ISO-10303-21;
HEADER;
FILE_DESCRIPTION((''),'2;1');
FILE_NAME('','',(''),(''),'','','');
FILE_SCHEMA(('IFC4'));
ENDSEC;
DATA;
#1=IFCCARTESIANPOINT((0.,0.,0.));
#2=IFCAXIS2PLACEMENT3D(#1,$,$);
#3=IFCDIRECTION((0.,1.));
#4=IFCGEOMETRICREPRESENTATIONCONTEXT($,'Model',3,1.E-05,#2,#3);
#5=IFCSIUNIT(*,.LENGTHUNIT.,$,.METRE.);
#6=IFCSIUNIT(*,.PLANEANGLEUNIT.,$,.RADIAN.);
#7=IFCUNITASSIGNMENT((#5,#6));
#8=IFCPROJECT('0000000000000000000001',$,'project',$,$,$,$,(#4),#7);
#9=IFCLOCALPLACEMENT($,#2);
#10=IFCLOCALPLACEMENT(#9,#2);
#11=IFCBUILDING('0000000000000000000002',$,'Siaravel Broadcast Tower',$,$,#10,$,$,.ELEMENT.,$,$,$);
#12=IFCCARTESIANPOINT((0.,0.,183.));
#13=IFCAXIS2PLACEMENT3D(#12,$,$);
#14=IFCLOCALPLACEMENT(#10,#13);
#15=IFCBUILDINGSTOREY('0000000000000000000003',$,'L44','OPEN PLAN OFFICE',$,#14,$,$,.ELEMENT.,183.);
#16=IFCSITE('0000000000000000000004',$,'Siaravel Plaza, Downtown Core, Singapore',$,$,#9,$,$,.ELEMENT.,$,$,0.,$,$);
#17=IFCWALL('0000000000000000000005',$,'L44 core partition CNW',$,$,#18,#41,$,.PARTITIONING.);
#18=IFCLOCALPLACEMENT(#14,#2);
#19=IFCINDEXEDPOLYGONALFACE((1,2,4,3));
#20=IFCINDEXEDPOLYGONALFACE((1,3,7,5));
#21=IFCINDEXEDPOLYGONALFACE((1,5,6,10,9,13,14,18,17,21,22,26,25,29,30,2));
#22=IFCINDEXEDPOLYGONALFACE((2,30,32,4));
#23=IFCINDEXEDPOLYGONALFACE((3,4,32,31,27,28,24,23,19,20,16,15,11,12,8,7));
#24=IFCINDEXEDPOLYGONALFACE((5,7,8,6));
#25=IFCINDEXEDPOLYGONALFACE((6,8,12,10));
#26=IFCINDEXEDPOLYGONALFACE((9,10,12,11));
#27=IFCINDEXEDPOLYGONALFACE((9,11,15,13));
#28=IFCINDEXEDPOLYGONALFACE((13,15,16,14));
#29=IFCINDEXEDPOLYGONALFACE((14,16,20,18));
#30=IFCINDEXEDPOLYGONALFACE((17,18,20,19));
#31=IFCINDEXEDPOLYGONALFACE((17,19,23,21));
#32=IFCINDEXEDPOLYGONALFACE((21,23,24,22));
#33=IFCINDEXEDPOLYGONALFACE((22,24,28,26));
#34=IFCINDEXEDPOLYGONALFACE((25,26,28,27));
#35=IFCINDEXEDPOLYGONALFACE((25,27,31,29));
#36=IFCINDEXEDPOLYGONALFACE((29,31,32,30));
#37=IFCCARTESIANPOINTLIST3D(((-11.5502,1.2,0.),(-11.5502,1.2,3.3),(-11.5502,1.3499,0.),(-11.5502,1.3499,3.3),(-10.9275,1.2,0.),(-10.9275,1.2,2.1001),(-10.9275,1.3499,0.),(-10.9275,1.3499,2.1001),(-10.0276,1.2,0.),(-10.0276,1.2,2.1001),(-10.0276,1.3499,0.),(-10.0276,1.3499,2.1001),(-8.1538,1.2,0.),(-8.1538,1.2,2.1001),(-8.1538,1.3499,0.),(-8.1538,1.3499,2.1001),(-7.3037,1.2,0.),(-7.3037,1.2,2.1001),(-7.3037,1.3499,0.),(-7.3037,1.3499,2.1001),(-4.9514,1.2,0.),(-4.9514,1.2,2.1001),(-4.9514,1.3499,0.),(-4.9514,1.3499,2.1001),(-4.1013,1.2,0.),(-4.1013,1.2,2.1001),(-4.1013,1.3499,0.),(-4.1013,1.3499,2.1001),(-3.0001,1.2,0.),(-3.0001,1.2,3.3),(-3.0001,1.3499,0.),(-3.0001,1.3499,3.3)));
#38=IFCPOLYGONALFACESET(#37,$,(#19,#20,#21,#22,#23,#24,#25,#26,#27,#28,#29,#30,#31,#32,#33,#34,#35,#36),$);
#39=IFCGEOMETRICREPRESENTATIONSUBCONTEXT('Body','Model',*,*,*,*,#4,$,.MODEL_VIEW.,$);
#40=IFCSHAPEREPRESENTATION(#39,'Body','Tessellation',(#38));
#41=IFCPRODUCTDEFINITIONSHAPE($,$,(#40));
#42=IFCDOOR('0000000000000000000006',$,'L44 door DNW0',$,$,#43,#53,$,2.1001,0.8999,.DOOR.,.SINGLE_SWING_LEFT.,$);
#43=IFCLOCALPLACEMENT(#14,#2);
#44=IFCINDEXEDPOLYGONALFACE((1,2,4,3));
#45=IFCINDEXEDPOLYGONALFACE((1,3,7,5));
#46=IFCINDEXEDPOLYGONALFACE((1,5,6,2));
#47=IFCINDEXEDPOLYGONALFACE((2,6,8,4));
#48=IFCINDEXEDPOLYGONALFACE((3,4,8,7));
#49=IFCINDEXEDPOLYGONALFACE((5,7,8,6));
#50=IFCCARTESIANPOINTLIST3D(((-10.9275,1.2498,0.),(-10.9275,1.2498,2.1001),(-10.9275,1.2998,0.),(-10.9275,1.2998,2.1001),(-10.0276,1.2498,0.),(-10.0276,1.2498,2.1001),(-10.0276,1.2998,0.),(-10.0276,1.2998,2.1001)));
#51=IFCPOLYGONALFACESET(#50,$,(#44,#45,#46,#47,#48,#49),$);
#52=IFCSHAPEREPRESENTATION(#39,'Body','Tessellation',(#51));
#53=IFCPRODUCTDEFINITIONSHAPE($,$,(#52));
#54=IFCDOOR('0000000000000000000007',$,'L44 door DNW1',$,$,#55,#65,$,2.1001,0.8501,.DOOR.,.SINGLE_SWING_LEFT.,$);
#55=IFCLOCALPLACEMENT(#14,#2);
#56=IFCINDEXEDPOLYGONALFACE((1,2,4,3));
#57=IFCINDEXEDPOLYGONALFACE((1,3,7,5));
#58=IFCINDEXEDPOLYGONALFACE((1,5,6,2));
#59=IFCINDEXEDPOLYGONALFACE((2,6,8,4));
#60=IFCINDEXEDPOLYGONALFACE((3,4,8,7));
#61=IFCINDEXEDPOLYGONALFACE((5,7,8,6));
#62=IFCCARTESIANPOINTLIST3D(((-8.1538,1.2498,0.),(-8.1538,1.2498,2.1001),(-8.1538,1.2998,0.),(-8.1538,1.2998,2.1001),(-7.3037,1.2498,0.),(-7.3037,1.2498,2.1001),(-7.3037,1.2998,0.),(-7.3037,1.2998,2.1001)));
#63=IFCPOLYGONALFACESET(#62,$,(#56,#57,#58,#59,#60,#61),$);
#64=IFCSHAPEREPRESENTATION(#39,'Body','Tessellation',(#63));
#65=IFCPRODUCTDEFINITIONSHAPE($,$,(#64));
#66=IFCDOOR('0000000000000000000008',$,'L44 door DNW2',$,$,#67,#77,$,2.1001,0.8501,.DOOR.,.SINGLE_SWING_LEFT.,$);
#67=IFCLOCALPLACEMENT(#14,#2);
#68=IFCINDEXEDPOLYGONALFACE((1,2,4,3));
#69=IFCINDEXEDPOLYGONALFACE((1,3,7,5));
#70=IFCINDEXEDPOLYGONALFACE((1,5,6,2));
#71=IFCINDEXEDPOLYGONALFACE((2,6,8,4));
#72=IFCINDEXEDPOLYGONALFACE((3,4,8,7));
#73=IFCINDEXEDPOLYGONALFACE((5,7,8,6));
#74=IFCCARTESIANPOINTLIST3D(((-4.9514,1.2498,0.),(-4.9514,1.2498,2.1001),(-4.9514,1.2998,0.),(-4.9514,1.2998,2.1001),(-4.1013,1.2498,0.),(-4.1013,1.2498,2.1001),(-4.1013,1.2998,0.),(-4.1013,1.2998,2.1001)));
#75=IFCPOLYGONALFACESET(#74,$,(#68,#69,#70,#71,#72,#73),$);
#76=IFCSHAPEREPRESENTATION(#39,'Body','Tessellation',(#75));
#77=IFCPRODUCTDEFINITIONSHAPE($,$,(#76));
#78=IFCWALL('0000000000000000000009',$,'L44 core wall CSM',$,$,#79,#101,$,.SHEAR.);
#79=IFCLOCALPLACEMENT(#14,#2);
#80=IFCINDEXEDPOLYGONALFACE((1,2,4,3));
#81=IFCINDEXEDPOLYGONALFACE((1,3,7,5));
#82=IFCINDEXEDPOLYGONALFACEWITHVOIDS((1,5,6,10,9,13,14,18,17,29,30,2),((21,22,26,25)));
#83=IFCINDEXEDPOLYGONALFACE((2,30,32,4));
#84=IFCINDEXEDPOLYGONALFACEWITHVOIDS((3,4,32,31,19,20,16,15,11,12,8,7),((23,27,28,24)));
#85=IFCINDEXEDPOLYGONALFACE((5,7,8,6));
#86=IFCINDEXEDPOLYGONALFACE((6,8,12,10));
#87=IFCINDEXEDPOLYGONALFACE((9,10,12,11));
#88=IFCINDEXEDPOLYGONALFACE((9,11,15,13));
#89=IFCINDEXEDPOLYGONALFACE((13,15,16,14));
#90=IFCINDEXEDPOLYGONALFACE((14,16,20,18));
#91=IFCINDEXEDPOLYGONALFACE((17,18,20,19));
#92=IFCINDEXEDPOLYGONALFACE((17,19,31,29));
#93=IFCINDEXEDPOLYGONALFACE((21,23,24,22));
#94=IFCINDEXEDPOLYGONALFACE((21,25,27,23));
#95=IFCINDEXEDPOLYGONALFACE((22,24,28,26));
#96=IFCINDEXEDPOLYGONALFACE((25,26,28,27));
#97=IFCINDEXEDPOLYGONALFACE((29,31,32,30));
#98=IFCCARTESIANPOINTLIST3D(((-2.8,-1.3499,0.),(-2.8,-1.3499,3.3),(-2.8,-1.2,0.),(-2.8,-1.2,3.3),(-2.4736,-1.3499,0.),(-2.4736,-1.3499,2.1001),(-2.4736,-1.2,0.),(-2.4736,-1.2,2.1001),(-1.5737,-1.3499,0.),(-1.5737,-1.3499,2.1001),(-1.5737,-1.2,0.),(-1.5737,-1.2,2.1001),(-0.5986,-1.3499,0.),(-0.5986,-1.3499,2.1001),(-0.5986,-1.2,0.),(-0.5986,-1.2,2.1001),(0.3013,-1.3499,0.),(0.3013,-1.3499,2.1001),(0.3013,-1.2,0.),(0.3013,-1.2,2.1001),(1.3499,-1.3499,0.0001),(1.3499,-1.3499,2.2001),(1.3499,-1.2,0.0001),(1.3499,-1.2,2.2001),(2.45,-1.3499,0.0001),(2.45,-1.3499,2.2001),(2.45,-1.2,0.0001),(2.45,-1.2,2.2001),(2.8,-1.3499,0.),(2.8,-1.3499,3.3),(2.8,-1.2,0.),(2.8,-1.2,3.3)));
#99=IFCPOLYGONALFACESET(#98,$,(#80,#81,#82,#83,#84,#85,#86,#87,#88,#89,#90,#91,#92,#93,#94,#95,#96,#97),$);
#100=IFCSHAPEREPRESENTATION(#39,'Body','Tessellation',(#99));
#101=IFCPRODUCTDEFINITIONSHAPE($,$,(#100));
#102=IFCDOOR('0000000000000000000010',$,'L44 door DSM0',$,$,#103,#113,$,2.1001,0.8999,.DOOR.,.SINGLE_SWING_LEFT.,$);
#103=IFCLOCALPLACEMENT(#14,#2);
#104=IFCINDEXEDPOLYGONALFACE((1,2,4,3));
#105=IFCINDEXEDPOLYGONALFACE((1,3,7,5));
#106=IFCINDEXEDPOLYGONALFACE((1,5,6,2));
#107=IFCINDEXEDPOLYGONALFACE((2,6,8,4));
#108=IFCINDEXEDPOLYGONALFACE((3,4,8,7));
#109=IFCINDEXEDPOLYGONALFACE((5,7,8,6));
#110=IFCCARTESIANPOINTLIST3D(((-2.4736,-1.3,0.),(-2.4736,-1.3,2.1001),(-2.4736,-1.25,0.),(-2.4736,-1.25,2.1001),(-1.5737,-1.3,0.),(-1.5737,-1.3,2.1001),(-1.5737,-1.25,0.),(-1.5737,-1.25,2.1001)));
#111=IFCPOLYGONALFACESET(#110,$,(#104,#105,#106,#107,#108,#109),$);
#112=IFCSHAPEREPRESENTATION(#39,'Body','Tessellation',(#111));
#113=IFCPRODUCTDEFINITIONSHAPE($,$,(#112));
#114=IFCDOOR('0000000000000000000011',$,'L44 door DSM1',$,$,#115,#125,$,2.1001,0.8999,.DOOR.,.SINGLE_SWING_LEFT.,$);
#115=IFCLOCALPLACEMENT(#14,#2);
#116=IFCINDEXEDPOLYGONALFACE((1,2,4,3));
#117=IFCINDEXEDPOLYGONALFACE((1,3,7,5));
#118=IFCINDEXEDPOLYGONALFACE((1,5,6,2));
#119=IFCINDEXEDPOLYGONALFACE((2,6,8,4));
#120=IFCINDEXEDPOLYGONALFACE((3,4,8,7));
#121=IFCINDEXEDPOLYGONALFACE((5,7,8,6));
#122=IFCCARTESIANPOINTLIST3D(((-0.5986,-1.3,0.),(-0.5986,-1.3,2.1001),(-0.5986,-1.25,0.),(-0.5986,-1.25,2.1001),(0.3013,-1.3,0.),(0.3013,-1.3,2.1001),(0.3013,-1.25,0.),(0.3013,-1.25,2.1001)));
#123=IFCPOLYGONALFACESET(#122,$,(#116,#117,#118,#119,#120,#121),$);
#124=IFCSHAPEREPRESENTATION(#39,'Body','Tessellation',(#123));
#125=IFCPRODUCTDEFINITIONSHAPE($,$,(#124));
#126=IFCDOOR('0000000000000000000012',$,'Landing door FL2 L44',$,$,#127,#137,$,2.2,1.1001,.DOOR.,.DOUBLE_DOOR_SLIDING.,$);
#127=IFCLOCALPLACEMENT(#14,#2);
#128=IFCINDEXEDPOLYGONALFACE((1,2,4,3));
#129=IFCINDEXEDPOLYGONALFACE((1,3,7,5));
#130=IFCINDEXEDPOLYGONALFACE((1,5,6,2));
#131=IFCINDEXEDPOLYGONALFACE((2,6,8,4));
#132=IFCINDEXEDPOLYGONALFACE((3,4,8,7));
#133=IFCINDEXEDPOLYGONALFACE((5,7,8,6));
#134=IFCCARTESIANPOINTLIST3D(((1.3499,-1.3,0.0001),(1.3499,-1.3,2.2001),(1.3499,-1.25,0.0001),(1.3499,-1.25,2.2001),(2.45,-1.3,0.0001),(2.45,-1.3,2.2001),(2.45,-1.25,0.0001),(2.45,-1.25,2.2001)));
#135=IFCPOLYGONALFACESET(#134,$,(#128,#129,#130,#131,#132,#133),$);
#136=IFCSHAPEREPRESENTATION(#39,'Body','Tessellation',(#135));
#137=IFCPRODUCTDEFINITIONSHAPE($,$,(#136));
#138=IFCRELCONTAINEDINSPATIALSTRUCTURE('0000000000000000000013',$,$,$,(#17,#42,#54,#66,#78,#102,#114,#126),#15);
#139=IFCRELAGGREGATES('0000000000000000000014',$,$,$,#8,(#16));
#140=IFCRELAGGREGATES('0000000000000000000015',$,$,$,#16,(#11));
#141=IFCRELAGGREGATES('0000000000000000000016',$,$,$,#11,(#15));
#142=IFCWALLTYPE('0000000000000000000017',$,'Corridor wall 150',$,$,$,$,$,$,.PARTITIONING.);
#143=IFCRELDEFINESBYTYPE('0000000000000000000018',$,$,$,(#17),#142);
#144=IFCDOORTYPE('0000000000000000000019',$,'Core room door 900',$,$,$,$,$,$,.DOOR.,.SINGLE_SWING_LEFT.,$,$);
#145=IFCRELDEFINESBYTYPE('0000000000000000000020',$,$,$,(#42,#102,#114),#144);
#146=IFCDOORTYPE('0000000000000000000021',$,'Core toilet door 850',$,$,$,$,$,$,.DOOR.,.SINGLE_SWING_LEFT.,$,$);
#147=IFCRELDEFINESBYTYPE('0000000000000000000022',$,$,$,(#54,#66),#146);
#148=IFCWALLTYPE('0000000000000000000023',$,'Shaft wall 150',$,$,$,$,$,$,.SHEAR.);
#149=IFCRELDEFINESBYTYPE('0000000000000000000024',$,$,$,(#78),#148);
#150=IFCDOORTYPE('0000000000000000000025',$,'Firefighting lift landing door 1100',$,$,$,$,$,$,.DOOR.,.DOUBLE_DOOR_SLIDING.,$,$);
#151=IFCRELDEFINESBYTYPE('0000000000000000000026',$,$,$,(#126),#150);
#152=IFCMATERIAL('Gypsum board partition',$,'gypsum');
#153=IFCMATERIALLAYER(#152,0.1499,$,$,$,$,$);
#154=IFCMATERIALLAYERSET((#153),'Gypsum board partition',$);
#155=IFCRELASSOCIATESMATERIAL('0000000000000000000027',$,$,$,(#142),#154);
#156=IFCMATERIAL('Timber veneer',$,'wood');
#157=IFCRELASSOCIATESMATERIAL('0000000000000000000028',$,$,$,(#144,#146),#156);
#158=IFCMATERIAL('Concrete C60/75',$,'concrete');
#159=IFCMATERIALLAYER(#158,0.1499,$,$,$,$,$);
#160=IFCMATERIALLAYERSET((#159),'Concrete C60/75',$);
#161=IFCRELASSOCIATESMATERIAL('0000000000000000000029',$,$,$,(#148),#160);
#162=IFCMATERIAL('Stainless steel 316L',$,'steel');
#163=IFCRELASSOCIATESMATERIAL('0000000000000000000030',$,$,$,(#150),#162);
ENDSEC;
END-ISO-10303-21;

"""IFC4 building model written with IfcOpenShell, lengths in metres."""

from ifc_helpers import new_model, si_unit, direction, frame, frame_2d, origin, place, context, subcontext, project, spatial, rectangle, extrude, material, layer, layer_set, type_object, element, fill, save


model = new_model("IFC4")

# Units and contexts
model_context = context("Model", 3, precision=1e-05, world=origin(), true_north=direction((0.0, 1.0)))
body_context = subcontext(model_context, "Body", "Model", "MODEL_VIEW")
ifc_project = project(units=[si_unit("LENGTHUNIT", "METRE"), si_unit("PLANEANGLEUNIT", "RADIAN")], contexts=[model_context])

# Site, building, storey
site_placement = place(None, origin())
site = spatial("IfcSite", under=ifc_project, at=site_placement, Name="Siaravel Plaza, Downtown Core, Singapore", CompositionType="ELEMENT", RefElevation=0.0)
building_placement = place(site_placement, origin())
building = spatial("IfcBuilding", under=site, at=building_placement, Name="Siaravel Broadcast Tower", CompositionType="ELEMENT")
storey_placement = place(building_placement, frame((0.0, 0.0, 183.0)))
storey = spatial("IfcBuildingStorey", under=building, at=storey_placement, Name="L44", Description="OPEN PLAN OFFICE", CompositionType="ELEMENT", Elevation=183.0)

# Walls, openings, doors
ifc_material_1 = material(Name="Gypsum board partition", Category="gypsum")
ifc_layer_1 = layer(ifc_material_1, 0.1499)
ifc_layer_set_1 = layer_set([ifc_layer_1], Name="Gypsum board partition")
wall_type_1 = type_object("IfcWallType", Name="Corridor wall 150", PredefinedType="PARTITIONING", material=ifc_layer_set_1)
wall_1_placement = place(storey_placement, frame((-11.55, 1.2749, 0.0), z_axis=(0.0, 0.0, 1.0), x_axis=(1.0, 0.0, 0.0)))
wall_1 = element("IfcWall", 1, at=wall_1_placement, inside=storey, type_object=wall_type_1, Name="L44 core partition CNW", PredefinedType="PARTITIONING", context=body_context, shape_type="SweptSolid", body=[
    extrude(rectangle(XDim=8.55, YDim=0.1499, at=frame_2d((4.2749, 0.0))), origin(), (0.0, 0.0, 1.0), 3.3),
])
opening_1_placement = place(wall_1_placement, frame((0.6226, 0.0, 0.0)))
opening_1 = element("IfcOpeningElement", 2, at=opening_1_placement, cuts=wall_1, PredefinedType="OPENING", context=body_context, shape_type="SweptSolid", body=[
    extrude(rectangle(XDim=0.8999, YDim=2.1001, at=frame_2d((0.45, 1.05))), frame((0.0, 0.085, 0.0), z_axis=(0.0, -1.0, 0.0), x_axis=(1.0, 0.0, 0.0)), (0.0, 0.0, 1.0), 0.1699),
])
opening_2_placement = place(wall_1_placement, frame((3.3962, 0.0, 0.0)))
opening_2 = element("IfcOpeningElement", 3, at=opening_2_placement, cuts=wall_1, PredefinedType="OPENING", context=body_context, shape_type="SweptSolid", body=[
    extrude(rectangle(XDim=0.8501, YDim=2.1001, at=frame_2d((0.425, 1.05))), frame((0.0, 0.085, 0.0), z_axis=(0.0, -1.0, 0.0), x_axis=(1.0, 0.0, 0.0)), (0.0, 0.0, 1.0), 0.1699),
])
opening_3_placement = place(wall_1_placement, frame((6.5986, 0.0, 0.0)))
opening_3 = element("IfcOpeningElement", 4, at=opening_3_placement, cuts=wall_1, PredefinedType="OPENING", context=body_context, shape_type="SweptSolid", body=[
    extrude(rectangle(XDim=0.8501, YDim=2.1001, at=frame_2d((0.425, 1.05))), frame((0.0, 0.085, 0.0), z_axis=(0.0, -1.0, 0.0), x_axis=(1.0, 0.0, 0.0)), (0.0, 0.0, 1.0), 0.1699),
])
ifc_material_2 = material(Name="Timber veneer", Category="wood")
door_type_1 = type_object("IfcDoorType", Name="Core room door 900", OperationType="SINGLE_SWING_LEFT", PredefinedType="DOOR", material=ifc_material_2)
door_1_placement = place(opening_1_placement, origin())
door_1 = element("IfcDoor", 5, at=door_1_placement, inside=storey, type_object=door_type_1, Name="L44 door DNW0", OperationType="SINGLE_SWING_LEFT", OverallHeight=2.1001, OverallWidth=0.8999, PredefinedType="DOOR", context=body_context, shape_type="SweptSolid", body=[
    extrude(rectangle(XDim=0.8999, YDim=2.1001, at=frame_2d((0.45, 1.05))), frame((0.0, 0.0249, 0.0), z_axis=(0.0, -1.0, 0.0), x_axis=(1.0, 0.0, 0.0)), (0.0, 0.0, 1.0), 0.05),
])
fill(opening_1, door_1)
door_type_2 = type_object("IfcDoorType", Name="Core toilet door 850", OperationType="SINGLE_SWING_LEFT", PredefinedType="DOOR", material=ifc_material_2)
door_2_placement = place(opening_2_placement, origin())
door_2 = element("IfcDoor", 6, at=door_2_placement, inside=storey, type_object=door_type_2, Name="L44 door DNW1", OperationType="SINGLE_SWING_LEFT", OverallHeight=2.1001, OverallWidth=0.8501, PredefinedType="DOOR", context=body_context, shape_type="SweptSolid", body=[
    extrude(rectangle(XDim=0.8501, YDim=2.1001, at=frame_2d((0.425, 1.05))), frame((0.0, 0.0249, 0.0), z_axis=(0.0, -1.0, 0.0), x_axis=(1.0, 0.0, 0.0)), (0.0, 0.0, 1.0), 0.05),
])
fill(opening_2, door_2)
door_3_placement = place(opening_3_placement, origin())
door_3 = element("IfcDoor", 7, at=door_3_placement, inside=storey, type_object=door_type_2, Name="L44 door DNW2", OperationType="SINGLE_SWING_LEFT", OverallHeight=2.1001, OverallWidth=0.8501, PredefinedType="DOOR", context=body_context, shape_type="SweptSolid", body=[
    extrude(rectangle(XDim=0.8501, YDim=2.1001, at=frame_2d((0.425, 1.05))), frame((0.0, 0.0249, 0.0), z_axis=(0.0, -1.0, 0.0), x_axis=(1.0, 0.0, 0.0)), (0.0, 0.0, 1.0), 0.05),
])
fill(opening_3, door_3)
ifc_material_3 = material(Name="Concrete C60/75", Category="concrete")
ifc_layer_2 = layer(ifc_material_3, 0.1499)
ifc_layer_set_2 = layer_set([ifc_layer_2], Name="Concrete C60/75")
wall_type_2 = type_object("IfcWallType", Name="Shaft wall 150", PredefinedType="SHEAR", material=ifc_layer_set_2)
wall_2_placement = place(storey_placement, frame((-2.8, -1.2749, 0.0), z_axis=(0.0, 0.0, 1.0), x_axis=(1.0, 0.0, 0.0)))
wall_2 = element("IfcWall", 8, at=wall_2_placement, inside=storey, type_object=wall_type_2, Name="L44 core wall CSM", PredefinedType="SHEAR", context=body_context, shape_type="SweptSolid", body=[
    extrude(rectangle(XDim=5.6001, YDim=0.1499, at=frame_2d((2.8, 0.0))), origin(), (0.0, 0.0, 1.0), 3.3),
])
opening_4_placement = place(wall_2_placement, frame((4.1499, 0.0, 0.0)))
opening_4 = element("IfcOpeningElement", 9, at=opening_4_placement, cuts=wall_2, PredefinedType="OPENING", context=body_context, shape_type="SweptSolid", body=[
    extrude(rectangle(XDim=1.1001, YDim=2.2, at=frame_2d((0.55, 1.1001))), frame((0.0, 0.085, 0.0), z_axis=(0.0, -1.0, 0.0), x_axis=(1.0, 0.0, 0.0)), (0.0, 0.0, 1.0), 0.1699),
])
opening_5_placement = place(wall_2_placement, frame((0.3264, 0.0, 0.0)))
opening_5 = element("IfcOpeningElement", 10, at=opening_5_placement, cuts=wall_2, PredefinedType="OPENING", context=body_context, shape_type="SweptSolid", body=[
    extrude(rectangle(XDim=0.8999, YDim=2.1001, at=frame_2d((0.45, 1.05))), frame((0.0, 0.085, 0.0), z_axis=(0.0, -1.0, 0.0), x_axis=(1.0, 0.0, 0.0)), (0.0, 0.0, 1.0), 0.1699),
])
opening_6_placement = place(wall_2_placement, frame((2.2014, 0.0, 0.0)))
opening_6 = element("IfcOpeningElement", 11, at=opening_6_placement, cuts=wall_2, PredefinedType="OPENING", context=body_context, shape_type="SweptSolid", body=[
    extrude(rectangle(XDim=0.8999, YDim=2.1001, at=frame_2d((0.45, 1.05))), frame((0.0, 0.085, 0.0), z_axis=(0.0, -1.0, 0.0), x_axis=(1.0, 0.0, 0.0)), (0.0, 0.0, 1.0), 0.1699),
])
door_4_placement = place(opening_5_placement, origin())
door_4 = element("IfcDoor", 12, at=door_4_placement, inside=storey, type_object=door_type_1, Name="L44 door DSM0", OperationType="SINGLE_SWING_LEFT", OverallHeight=2.1001, OverallWidth=0.8999, PredefinedType="DOOR", context=body_context, shape_type="SweptSolid", body=[
    extrude(rectangle(XDim=0.8999, YDim=2.1001, at=frame_2d((0.45, 1.05))), frame((0.0, 0.0249, 0.0), z_axis=(0.0, -1.0, 0.0), x_axis=(1.0, 0.0, 0.0)), (0.0, 0.0, 1.0), 0.05),
])
fill(opening_5, door_4)
door_5_placement = place(opening_6_placement, origin())
door_5 = element("IfcDoor", 13, at=door_5_placement, inside=storey, type_object=door_type_1, Name="L44 door DSM1", OperationType="SINGLE_SWING_LEFT", OverallHeight=2.1001, OverallWidth=0.8999, PredefinedType="DOOR", context=body_context, shape_type="SweptSolid", body=[
    extrude(rectangle(XDim=0.8999, YDim=2.1001, at=frame_2d((0.45, 1.05))), frame((0.0, 0.0249, 0.0), z_axis=(0.0, -1.0, 0.0), x_axis=(1.0, 0.0, 0.0)), (0.0, 0.0, 1.0), 0.05),
])
fill(opening_6, door_5)
ifc_material_4 = material(Name="Stainless steel 316L", Category="steel")
door_type_3 = type_object("IfcDoorType", Name="Firefighting lift landing door 1100", OperationType="DOUBLE_DOOR_SLIDING", PredefinedType="DOOR", material=ifc_material_4)
door_6_placement = place(opening_4_placement, origin())
door_6 = element("IfcDoor", 14, at=door_6_placement, inside=storey, type_object=door_type_3, Name="Landing door FL2 L44", OperationType="DOUBLE_DOOR_SLIDING", OverallHeight=2.2, OverallWidth=1.1001, PredefinedType="DOOR", context=body_context, shape_type="SweptSolid", body=[
    extrude(rectangle(XDim=1.1001, YDim=2.2, at=frame_2d((0.55, 1.1001))), frame((0.0, 0.0249, 0.0), z_axis=(0.0, -1.0, 0.0), x_axis=(1.0, 0.0, 0.0)), (0.0, 0.0, 1.0), 0.05),
])
fill(opening_4, door_6)

save(model, "model.ifc")
